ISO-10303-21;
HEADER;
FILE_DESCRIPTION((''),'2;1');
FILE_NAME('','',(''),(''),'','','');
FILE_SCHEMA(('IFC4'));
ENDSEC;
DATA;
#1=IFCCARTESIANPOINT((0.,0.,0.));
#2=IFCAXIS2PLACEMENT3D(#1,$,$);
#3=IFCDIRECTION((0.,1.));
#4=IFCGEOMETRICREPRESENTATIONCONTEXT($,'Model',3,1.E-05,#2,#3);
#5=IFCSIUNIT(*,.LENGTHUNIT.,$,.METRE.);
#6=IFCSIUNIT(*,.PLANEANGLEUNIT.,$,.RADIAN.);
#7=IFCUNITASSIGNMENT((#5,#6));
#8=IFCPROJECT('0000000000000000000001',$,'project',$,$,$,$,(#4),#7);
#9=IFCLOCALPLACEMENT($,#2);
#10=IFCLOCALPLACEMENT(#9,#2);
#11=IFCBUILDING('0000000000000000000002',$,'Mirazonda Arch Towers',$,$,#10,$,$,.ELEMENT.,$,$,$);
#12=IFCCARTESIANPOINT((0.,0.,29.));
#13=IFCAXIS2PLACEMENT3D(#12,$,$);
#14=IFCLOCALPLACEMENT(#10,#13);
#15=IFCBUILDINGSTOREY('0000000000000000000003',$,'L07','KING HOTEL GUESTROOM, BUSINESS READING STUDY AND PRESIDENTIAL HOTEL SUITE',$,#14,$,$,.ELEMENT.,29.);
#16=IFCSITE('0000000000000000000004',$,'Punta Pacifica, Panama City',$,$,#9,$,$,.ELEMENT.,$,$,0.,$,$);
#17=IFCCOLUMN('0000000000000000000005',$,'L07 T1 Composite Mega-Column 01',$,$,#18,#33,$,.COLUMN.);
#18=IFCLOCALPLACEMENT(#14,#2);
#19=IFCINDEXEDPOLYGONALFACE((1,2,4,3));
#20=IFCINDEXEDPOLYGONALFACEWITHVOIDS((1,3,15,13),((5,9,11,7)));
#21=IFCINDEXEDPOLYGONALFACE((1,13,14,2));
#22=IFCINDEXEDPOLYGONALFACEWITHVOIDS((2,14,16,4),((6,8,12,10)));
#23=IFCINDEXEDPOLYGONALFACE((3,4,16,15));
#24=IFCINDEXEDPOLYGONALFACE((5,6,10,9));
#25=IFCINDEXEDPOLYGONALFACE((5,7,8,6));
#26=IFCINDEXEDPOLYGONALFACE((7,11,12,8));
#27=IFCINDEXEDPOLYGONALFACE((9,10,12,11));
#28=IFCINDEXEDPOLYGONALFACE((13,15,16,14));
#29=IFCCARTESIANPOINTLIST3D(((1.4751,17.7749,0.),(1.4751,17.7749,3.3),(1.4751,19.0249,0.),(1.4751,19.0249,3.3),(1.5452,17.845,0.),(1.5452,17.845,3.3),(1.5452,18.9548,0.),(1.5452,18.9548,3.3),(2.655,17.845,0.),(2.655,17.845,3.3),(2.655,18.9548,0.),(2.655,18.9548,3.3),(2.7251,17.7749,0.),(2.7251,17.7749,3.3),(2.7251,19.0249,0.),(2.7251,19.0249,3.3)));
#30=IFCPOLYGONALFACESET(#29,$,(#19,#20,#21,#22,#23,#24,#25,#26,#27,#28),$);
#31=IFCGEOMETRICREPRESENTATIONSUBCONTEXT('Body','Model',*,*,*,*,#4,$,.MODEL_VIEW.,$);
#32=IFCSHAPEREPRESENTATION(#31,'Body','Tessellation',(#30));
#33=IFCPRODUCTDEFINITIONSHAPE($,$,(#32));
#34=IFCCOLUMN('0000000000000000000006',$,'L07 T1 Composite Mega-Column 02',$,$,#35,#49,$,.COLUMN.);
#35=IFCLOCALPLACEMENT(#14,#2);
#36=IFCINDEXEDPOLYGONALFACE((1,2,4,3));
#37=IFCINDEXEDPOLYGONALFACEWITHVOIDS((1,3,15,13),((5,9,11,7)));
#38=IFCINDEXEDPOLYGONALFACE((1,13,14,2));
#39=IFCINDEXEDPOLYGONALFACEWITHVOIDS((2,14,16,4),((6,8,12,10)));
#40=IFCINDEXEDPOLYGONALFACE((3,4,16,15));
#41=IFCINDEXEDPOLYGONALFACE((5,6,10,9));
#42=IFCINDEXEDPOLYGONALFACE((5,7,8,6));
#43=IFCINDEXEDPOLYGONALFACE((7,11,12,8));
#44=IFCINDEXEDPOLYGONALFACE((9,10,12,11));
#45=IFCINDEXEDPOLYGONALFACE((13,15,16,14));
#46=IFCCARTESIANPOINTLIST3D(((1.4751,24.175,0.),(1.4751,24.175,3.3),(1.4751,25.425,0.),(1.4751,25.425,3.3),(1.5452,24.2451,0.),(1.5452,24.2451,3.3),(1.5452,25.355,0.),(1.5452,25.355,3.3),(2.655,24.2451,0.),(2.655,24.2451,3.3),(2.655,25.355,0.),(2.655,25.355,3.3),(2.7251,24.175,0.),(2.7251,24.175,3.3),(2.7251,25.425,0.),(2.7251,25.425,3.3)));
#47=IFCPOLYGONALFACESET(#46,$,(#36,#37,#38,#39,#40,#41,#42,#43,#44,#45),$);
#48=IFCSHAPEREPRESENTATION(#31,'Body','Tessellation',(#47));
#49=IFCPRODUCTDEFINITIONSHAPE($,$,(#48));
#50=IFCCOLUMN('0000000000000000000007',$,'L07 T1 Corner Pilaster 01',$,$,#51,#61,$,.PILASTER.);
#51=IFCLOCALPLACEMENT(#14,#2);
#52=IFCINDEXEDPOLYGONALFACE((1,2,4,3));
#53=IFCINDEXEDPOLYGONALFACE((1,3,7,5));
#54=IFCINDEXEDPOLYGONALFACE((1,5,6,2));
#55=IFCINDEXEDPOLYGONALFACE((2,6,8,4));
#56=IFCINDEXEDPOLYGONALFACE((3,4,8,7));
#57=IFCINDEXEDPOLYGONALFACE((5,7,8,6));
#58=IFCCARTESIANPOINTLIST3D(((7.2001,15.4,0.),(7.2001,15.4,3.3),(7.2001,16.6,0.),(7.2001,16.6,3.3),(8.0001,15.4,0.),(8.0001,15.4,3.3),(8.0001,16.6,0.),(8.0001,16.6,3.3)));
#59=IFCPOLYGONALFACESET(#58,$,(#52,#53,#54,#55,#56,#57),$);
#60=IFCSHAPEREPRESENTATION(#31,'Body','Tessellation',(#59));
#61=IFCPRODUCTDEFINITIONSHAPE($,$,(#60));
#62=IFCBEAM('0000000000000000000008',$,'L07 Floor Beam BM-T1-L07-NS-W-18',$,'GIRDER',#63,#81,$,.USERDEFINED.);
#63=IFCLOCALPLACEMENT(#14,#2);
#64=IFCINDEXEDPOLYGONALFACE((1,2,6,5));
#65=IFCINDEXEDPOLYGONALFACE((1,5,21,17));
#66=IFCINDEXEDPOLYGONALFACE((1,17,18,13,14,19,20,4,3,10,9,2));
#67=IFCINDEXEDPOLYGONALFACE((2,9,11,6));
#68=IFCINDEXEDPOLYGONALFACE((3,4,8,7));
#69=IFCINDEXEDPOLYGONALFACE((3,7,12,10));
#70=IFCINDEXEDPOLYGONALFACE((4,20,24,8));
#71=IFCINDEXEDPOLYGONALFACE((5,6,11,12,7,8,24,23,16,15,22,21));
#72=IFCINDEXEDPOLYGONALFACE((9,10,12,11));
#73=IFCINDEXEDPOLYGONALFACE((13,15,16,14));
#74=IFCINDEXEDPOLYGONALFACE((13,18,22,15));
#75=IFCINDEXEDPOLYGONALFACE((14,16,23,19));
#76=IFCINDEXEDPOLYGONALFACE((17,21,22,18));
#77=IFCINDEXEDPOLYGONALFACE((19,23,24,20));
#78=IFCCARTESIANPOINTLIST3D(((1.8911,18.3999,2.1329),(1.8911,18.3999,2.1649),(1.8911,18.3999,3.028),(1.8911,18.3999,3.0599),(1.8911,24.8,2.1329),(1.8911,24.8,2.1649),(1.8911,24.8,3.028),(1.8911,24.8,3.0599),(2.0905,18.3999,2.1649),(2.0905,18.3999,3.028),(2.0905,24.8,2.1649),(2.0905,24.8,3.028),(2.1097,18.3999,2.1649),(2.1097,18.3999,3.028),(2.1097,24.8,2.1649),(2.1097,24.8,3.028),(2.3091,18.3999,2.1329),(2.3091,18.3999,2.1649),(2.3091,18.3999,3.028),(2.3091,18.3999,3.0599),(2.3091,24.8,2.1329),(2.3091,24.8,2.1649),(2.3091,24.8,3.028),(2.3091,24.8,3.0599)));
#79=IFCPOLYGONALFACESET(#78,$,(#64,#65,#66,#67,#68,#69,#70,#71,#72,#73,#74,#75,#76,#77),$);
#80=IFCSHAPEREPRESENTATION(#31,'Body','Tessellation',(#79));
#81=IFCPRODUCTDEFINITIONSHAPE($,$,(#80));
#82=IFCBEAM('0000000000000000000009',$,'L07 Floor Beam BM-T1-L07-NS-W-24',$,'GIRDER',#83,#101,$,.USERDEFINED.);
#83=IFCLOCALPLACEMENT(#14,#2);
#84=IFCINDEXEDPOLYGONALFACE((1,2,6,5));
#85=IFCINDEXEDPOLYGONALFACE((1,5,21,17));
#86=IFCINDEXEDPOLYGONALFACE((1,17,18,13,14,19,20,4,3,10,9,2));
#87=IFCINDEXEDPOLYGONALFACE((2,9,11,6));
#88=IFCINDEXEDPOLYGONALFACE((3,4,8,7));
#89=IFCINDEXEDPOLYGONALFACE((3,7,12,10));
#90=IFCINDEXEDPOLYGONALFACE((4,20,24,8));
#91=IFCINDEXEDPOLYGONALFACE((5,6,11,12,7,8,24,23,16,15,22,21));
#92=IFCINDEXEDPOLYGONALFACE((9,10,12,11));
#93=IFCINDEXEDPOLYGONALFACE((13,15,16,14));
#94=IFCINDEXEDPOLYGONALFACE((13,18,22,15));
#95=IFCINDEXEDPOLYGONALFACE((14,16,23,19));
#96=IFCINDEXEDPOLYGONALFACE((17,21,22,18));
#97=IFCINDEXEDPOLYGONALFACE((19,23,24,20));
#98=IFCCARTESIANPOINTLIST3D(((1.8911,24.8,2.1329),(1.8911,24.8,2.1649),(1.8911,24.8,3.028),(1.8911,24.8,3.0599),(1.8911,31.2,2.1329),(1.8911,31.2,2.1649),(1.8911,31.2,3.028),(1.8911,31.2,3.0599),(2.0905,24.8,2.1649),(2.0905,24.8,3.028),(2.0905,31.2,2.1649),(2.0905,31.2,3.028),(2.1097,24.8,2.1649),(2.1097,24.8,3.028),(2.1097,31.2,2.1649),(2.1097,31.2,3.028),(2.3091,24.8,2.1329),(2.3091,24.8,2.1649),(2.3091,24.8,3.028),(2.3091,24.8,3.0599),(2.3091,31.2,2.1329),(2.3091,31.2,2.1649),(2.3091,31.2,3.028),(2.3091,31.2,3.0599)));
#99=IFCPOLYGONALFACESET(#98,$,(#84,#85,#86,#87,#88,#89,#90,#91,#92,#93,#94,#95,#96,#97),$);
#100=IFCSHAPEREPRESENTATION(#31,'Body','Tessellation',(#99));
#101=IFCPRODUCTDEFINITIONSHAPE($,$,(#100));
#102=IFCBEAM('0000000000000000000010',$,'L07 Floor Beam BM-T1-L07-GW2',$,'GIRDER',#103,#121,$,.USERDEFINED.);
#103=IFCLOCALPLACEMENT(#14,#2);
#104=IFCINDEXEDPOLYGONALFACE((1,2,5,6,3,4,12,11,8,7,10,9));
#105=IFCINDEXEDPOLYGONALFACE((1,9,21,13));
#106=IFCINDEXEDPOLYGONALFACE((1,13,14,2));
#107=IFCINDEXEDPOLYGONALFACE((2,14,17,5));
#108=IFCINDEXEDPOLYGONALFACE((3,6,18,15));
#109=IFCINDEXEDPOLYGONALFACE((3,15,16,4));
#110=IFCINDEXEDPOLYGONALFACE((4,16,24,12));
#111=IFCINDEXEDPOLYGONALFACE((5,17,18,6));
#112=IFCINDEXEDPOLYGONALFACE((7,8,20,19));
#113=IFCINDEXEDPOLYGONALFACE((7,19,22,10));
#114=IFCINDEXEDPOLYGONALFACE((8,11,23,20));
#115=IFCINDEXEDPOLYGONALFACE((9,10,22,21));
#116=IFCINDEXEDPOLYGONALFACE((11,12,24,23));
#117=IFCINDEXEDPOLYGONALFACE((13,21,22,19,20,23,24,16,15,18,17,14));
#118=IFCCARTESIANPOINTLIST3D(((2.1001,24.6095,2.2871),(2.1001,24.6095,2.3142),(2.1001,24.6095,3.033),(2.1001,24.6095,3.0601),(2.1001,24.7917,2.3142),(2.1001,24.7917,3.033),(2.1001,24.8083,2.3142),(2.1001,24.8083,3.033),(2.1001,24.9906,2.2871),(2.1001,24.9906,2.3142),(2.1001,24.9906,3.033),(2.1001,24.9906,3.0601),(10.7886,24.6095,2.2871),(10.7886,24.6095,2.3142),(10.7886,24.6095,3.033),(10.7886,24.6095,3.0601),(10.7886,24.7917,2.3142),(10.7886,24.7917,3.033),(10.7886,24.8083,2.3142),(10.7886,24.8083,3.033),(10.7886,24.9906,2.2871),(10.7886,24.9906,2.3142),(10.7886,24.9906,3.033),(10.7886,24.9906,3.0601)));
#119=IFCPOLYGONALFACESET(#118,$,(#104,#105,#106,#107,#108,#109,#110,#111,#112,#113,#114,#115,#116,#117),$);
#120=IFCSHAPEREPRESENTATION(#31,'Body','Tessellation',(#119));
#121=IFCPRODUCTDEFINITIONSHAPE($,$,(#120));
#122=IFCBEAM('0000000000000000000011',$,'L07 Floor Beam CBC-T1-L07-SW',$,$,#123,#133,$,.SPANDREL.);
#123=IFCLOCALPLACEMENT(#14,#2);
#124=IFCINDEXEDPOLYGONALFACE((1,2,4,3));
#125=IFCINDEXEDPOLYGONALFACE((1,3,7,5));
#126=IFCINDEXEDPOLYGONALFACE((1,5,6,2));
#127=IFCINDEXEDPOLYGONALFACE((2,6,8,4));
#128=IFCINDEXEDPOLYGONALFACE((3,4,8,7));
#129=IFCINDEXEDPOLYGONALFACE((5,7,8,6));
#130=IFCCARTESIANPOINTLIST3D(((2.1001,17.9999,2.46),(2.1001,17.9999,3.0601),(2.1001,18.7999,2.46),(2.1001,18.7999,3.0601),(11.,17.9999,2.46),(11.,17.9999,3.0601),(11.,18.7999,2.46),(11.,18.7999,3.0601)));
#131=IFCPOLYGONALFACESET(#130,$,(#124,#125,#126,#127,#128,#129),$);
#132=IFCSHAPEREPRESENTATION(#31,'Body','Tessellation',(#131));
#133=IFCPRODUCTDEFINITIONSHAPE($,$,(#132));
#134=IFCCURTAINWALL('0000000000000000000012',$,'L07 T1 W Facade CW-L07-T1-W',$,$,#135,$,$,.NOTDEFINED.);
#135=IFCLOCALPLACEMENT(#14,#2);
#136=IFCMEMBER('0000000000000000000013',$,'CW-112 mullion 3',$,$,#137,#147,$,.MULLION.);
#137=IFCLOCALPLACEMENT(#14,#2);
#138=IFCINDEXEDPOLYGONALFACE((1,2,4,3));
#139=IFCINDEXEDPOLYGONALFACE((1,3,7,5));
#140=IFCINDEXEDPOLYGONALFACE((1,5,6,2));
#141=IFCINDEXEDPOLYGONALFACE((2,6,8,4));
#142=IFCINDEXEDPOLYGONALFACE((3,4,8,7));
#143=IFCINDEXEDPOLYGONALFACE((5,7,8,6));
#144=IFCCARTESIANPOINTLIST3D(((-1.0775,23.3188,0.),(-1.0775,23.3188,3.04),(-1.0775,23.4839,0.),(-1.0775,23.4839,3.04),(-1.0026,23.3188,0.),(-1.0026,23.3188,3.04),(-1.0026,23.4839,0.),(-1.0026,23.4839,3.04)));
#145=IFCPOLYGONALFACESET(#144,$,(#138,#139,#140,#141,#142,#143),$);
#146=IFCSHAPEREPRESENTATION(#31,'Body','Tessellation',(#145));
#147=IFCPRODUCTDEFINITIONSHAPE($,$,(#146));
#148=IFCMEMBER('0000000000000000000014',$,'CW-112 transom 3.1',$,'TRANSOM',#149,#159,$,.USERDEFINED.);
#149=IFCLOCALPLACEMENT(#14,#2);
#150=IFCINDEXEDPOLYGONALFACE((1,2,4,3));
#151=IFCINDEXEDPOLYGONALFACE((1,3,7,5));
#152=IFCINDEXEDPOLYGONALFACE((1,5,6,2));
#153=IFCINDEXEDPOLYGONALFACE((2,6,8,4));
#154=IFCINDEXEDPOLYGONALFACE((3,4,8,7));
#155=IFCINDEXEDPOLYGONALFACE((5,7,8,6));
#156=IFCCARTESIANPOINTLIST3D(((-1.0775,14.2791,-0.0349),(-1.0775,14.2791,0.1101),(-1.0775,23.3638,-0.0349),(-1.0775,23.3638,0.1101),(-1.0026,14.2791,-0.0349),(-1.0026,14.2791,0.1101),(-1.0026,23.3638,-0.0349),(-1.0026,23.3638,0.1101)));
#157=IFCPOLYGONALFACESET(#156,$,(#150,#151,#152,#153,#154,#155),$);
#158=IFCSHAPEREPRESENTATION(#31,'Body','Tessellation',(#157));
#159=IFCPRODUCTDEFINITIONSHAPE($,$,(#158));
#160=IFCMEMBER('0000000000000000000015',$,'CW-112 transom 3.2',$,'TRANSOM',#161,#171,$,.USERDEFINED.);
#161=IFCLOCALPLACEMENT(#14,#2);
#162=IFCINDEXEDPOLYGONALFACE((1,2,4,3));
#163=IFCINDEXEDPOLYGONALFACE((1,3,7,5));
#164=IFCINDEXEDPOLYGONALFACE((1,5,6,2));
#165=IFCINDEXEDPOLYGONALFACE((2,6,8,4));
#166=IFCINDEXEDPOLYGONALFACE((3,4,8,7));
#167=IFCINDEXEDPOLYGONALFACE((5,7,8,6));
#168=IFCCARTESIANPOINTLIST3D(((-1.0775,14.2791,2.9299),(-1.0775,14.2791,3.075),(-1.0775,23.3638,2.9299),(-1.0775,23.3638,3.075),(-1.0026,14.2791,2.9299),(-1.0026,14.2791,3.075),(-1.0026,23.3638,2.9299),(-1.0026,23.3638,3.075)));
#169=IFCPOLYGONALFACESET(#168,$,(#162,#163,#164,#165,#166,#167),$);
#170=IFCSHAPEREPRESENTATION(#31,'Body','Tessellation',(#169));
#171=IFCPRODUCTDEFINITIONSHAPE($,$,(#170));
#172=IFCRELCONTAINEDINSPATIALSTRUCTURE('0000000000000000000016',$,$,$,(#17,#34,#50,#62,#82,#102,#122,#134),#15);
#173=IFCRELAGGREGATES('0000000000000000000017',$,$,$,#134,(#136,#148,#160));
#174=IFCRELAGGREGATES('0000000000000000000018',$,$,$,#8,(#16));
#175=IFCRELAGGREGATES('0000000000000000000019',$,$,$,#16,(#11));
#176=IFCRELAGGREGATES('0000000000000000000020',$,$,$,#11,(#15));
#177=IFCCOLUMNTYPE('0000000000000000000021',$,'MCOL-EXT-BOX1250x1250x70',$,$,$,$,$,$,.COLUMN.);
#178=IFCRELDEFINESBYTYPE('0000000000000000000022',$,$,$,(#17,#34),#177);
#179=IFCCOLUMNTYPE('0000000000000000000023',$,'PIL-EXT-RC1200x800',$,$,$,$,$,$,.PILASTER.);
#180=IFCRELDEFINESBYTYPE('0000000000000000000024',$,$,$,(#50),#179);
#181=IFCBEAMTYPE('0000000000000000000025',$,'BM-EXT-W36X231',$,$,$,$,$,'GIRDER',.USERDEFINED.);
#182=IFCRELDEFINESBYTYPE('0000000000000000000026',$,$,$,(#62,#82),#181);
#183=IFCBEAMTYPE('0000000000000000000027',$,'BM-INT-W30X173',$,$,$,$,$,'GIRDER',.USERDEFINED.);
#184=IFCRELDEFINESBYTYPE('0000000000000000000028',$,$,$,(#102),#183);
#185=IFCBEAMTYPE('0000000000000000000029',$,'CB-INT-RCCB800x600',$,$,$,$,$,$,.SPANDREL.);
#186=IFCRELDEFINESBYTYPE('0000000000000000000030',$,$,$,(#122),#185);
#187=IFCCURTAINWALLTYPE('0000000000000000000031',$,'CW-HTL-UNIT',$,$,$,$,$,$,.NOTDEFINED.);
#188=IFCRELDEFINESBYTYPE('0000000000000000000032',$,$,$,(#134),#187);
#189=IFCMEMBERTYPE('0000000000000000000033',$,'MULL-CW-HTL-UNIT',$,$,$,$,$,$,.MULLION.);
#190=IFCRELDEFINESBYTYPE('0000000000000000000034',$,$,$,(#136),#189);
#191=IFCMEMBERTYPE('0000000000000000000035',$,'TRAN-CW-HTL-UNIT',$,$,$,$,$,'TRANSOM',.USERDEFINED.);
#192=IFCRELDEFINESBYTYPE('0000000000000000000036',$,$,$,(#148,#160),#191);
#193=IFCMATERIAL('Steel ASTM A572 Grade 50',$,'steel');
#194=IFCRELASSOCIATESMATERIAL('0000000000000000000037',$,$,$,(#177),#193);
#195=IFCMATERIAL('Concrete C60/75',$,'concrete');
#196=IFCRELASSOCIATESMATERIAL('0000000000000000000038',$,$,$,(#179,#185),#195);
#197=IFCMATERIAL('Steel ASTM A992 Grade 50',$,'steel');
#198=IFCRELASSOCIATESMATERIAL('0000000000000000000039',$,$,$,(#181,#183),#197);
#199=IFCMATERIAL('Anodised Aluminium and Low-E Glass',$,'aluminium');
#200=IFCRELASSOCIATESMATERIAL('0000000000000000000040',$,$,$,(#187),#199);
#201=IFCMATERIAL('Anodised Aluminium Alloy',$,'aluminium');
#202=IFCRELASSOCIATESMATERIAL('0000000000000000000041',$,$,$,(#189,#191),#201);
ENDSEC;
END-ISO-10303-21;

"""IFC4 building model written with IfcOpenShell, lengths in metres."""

from ifc_helpers import new_model, si_unit, direction, frame, origin, origin_2d, place, context, subcontext, project, spatial, rectangle, hollow_rectangle, i_section, extrude, material, material_profile, profile_set, type_object, element, aggregate, save


model = new_model("IFC4")

# Units and contexts
model_context = context("Model", 3, precision=1e-05, world=origin(), true_north=direction((0.0, 1.0)))
body_context = subcontext(model_context, "Body", "Model", "MODEL_VIEW")
ifc_project = project(units=[si_unit("LENGTHUNIT", "METRE"), si_unit("PLANEANGLEUNIT", "RADIAN")], contexts=[model_context])

# Site, building, storey
site_placement = place(None, origin())
site = spatial("IfcSite", under=ifc_project, at=site_placement, Name="Punta Pacifica, Panama City", CompositionType="ELEMENT", RefElevation=0.0)
building_placement = place(site_placement, origin())
building = spatial("IfcBuilding", under=site, at=building_placement, Name="Mirazonda Arch Towers", CompositionType="ELEMENT")
storey_placement = place(building_placement, frame((0.0, 0.0, 29.0)))
storey = spatial("IfcBuildingStorey", under=building, at=storey_placement, Name="L07", Description="KING HOTEL GUESTROOM, BUSINESS READING STUDY AND PRESIDENTIAL HOTEL SUITE", CompositionType="ELEMENT", Elevation=29.0)

# Columns
ifc_material_1 = material(Name="Steel ASTM A572 Grade 50", Category="steel")
ifc_material_profile_1 = material_profile(ifc_material_1, hollow_rectangle(XDim=1.25, YDim=1.25, WallThickness=0.0701, at=origin_2d()), Name="BOX1250x1250x70")
ifc_profile_set_1 = profile_set([ifc_material_profile_1], Name="Steel ASTM A572 Grade 50")
column_type_1 = type_object("IfcColumnType", Name="MCOL-EXT-BOX1250x1250x70", PredefinedType="COLUMN", material=ifc_profile_set_1)
for number, where, z_axis, x_axis, name in (
    (1, (2.1001, 18.3999, 0.0), (0.0, 0.0, 1.0), (1.0, 0.0, 0.0), "L07 T1 Composite Mega-Column 01"),
    (2, (2.1001, 24.8, 0.0), (0.0, 0.0, 1.0), (1.0, 0.0, 0.0), "L07 T1 Composite Mega-Column 02"),
):
    element("IfcColumn", number, at=place(storey_placement, frame(where, z_axis=z_axis, x_axis=x_axis)), inside=storey, type_object=column_type_1, Name=name, PredefinedType="COLUMN", context=body_context, shape_type="SweptSolid", body=[
        extrude(hollow_rectangle(XDim=1.25, YDim=1.25, WallThickness=0.0701, at=origin_2d()), origin(), (0.0, 0.0, 1.0), 3.3),
    ])
ifc_material_2 = material(Name="Concrete C60/75", Category="concrete")
ifc_material_profile_2 = material_profile(ifc_material_2, rectangle(XDim=0.8, YDim=1.2, at=origin_2d()), Name="RC1200x800")
ifc_profile_set_2 = profile_set([ifc_material_profile_2], Name="Concrete C60/75")
column_type_2 = type_object("IfcColumnType", Name="PIL-EXT-RC1200x800", PredefinedType="PILASTER", material=ifc_profile_set_2)
column_placement = place(storey_placement, frame((7.6001, 16.0, 0.0), z_axis=(0.0, 0.0, 1.0), x_axis=(1.0, 0.0, 0.0)))
element("IfcColumn", 3, at=column_placement, inside=storey, type_object=column_type_2, Name="L07 T1 Corner Pilaster 01", PredefinedType="PILASTER", context=body_context, shape_type="SweptSolid", body=[
    extrude(rectangle(XDim=0.8, YDim=1.2, at=origin_2d()), origin(), (0.0, 0.0, 1.0), 3.3),
])

# Beams
ifc_material_3 = material(Name="Steel ASTM A992 Grade 50", Category="steel")
ifc_material_profile_3 = material_profile(ifc_material_3, i_section(OverallWidth=0.418, OverallDepth=0.927, WebThickness=0.0193, FlangeThickness=0.032, at=origin_2d()), Name="W36X231")
ifc_profile_set_3 = profile_set([ifc_material_profile_3], Name="Steel ASTM A992 Grade 50")
beam_type_1 = type_object("IfcBeamType", Name="BM-EXT-W36X231", ElementType="GIRDER", PredefinedType="USERDEFINED", material=ifc_profile_set_3)
beam_1_placement = place(storey_placement, frame((2.1001, 18.3999, 2.5964), z_axis=(0.0, 1.0, 0.0), x_axis=(-1.0, 0.0, 0.0)))
element("IfcBeam", 4, at=beam_1_placement, inside=storey, type_object=beam_type_1, Name="L07 Floor Beam BM-T1-L07-NS-W-18", ObjectType="GIRDER", PredefinedType="USERDEFINED", context=body_context, shape_type="SweptSolid", body=[
    extrude(i_section(OverallWidth=0.418, OverallDepth=0.927, WebThickness=0.0193, FlangeThickness=0.032, at=origin_2d()), origin(), (0.0, 0.0, 1.0), 6.4001),
])
beam_2_placement = place(storey_placement, frame((2.1001, 24.8, 2.5964), z_axis=(0.0, 1.0, 0.0), x_axis=(-1.0, 0.0, 0.0)))
element("IfcBeam", 5, at=beam_2_placement, inside=storey, type_object=beam_type_1, Name="L07 Floor Beam BM-T1-L07-NS-W-24", ObjectType="GIRDER", PredefinedType="USERDEFINED", context=body_context, shape_type="SweptSolid", body=[
    extrude(i_section(OverallWidth=0.418, OverallDepth=0.927, WebThickness=0.0193, FlangeThickness=0.032, at=origin_2d()), origin(), (0.0, 0.0, 1.0), 6.3999),
])
ifc_material_profile_4 = material_profile(ifc_material_3, i_section(OverallWidth=0.3811, OverallDepth=0.7729, WebThickness=0.0166, FlangeThickness=0.0271, at=origin_2d()), Name="W30X173")
ifc_profile_set_4 = profile_set([ifc_material_profile_4], Name="Steel ASTM A992 Grade 50")
beam_type_2 = type_object("IfcBeamType", Name="BM-INT-W30X173", ElementType="GIRDER", PredefinedType="USERDEFINED", material=ifc_profile_set_4)
beam_3_placement = place(storey_placement, frame((2.1001, 24.8, 2.6736), z_axis=(1.0, 0.0, 0.0), x_axis=(0.0, 1.0, 0.0)))
element("IfcBeam", 6, at=beam_3_placement, inside=storey, type_object=beam_type_2, Name="L07 Floor Beam BM-T1-L07-GW2", ObjectType="GIRDER", PredefinedType="USERDEFINED", context=body_context, shape_type="SweptSolid", body=[
    extrude(i_section(OverallWidth=0.3811, OverallDepth=0.7729, WebThickness=0.0166, FlangeThickness=0.0271, at=origin_2d()), origin(), (0.0, 0.0, 1.0), 8.6885),
])
ifc_material_profile_5 = material_profile(ifc_material_2, rectangle(XDim=0.8, YDim=0.6001, at=origin_2d()), Name="RCCB800x600")
ifc_profile_set_5 = profile_set([ifc_material_profile_5], Name="Concrete C60/75")
beam_type_3 = type_object("IfcBeamType", Name="CB-INT-RCCB800x600", PredefinedType="SPANDREL", material=ifc_profile_set_5)
beam_4_placement = place(storey_placement, frame((2.1001, 18.3999, 2.76), z_axis=(1.0, 0.0, 0.0), x_axis=(0.0, 1.0, 0.0)))
element("IfcBeam", 7, at=beam_4_placement, inside=storey, type_object=beam_type_3, Name="L07 Floor Beam CBC-T1-L07-SW", PredefinedType="SPANDREL", context=body_context, shape_type="SweptSolid", body=[
    extrude(rectangle(XDim=0.8, YDim=0.6001, at=origin_2d()), origin(), (0.0, 0.0, 1.0), 8.8999),
])

# Curtain wall, members
ifc_material_4 = material(Name="Anodised Aluminium and Low-E Glass", Category="aluminium")
curtain_wall_type = type_object("IfcCurtainWallType", Name="CW-HTL-UNIT", PredefinedType="NOTDEFINED", material=ifc_material_4)
curtain_wall_placement = place(storey_placement, origin())
curtain_wall = element("IfcCurtainWall", 8, at=curtain_wall_placement, inside=storey, type_object=curtain_wall_type, Name="L07 T1 W Facade CW-L07-T1-W", PredefinedType="NOTDEFINED")
ifc_material_5 = material(Name="Anodised Aluminium Alloy", Category="aluminium")
ifc_material_profile_6 = material_profile(ifc_material_5, rectangle(XDim=0.075, YDim=0.165, at=origin_2d()), Name="ALU-MULL-75x165")
ifc_profile_set_6 = profile_set([ifc_material_profile_6], Name="Anodised Aluminium Alloy")
member_type_1 = type_object("IfcMemberType", Name="MULL-CW-HTL-UNIT", PredefinedType="MULLION", material=ifc_profile_set_6)
member_1_placement = place(storey_placement, frame((-1.04, 23.4014, 0.0), z_axis=(0.0, 0.0, 1.0), x_axis=(1.0, 0.0, 0.0)))
member_1 = element("IfcMember", 9, at=member_1_placement, type_object=member_type_1, Name="CW-112 mullion 3", PredefinedType="MULLION", context=body_context, shape_type="SweptSolid", body=[
    extrude(rectangle(XDim=0.075, YDim=0.165, at=origin_2d()), origin(), (0.0, 0.0, 1.0), 3.04),
])
ifc_material_profile_7 = material_profile(ifc_material_5, rectangle(XDim=0.075, YDim=0.145, at=origin_2d()), Name="ALU-TRAN-75x145")
ifc_profile_set_7 = profile_set([ifc_material_profile_7], Name="Anodised Aluminium Alloy")
member_type_2 = type_object("IfcMemberType", Name="TRAN-CW-HTL-UNIT", ElementType="TRANSOM", PredefinedType="USERDEFINED", material=ifc_profile_set_7)
member_2_placement = place(storey_placement, frame((-1.04, 23.3638, 0.0376), z_axis=(0.0, -1.0, 0.0), x_axis=(1.0, 0.0, 0.0)))
member_2 = element("IfcMember", 10, at=member_2_placement, type_object=member_type_2, Name="CW-112 transom 3.1", ObjectType="TRANSOM", PredefinedType="USERDEFINED", context=body_context, shape_type="SweptSolid", body=[
    extrude(rectangle(XDim=0.075, YDim=0.145, at=origin_2d()), origin(), (0.0, 0.0, 1.0), 9.0847),
])
member_3_placement = place(storey_placement, frame((-1.04, 23.3638, 3.0024), z_axis=(0.0, -1.0, 0.0), x_axis=(1.0, 0.0, 0.0)))
member_3 = element("IfcMember", 11, at=member_3_placement, type_object=member_type_2, Name="CW-112 transom 3.2", ObjectType="TRANSOM", PredefinedType="USERDEFINED", context=body_context, shape_type="SweptSolid", body=[
    extrude(rectangle(XDim=0.075, YDim=0.145, at=origin_2d()), origin(), (0.0, 0.0, 1.0), 9.0847),
])
aggregate(curtain_wall, [member_1, member_2, member_3])

save(model, "model.ifc")
